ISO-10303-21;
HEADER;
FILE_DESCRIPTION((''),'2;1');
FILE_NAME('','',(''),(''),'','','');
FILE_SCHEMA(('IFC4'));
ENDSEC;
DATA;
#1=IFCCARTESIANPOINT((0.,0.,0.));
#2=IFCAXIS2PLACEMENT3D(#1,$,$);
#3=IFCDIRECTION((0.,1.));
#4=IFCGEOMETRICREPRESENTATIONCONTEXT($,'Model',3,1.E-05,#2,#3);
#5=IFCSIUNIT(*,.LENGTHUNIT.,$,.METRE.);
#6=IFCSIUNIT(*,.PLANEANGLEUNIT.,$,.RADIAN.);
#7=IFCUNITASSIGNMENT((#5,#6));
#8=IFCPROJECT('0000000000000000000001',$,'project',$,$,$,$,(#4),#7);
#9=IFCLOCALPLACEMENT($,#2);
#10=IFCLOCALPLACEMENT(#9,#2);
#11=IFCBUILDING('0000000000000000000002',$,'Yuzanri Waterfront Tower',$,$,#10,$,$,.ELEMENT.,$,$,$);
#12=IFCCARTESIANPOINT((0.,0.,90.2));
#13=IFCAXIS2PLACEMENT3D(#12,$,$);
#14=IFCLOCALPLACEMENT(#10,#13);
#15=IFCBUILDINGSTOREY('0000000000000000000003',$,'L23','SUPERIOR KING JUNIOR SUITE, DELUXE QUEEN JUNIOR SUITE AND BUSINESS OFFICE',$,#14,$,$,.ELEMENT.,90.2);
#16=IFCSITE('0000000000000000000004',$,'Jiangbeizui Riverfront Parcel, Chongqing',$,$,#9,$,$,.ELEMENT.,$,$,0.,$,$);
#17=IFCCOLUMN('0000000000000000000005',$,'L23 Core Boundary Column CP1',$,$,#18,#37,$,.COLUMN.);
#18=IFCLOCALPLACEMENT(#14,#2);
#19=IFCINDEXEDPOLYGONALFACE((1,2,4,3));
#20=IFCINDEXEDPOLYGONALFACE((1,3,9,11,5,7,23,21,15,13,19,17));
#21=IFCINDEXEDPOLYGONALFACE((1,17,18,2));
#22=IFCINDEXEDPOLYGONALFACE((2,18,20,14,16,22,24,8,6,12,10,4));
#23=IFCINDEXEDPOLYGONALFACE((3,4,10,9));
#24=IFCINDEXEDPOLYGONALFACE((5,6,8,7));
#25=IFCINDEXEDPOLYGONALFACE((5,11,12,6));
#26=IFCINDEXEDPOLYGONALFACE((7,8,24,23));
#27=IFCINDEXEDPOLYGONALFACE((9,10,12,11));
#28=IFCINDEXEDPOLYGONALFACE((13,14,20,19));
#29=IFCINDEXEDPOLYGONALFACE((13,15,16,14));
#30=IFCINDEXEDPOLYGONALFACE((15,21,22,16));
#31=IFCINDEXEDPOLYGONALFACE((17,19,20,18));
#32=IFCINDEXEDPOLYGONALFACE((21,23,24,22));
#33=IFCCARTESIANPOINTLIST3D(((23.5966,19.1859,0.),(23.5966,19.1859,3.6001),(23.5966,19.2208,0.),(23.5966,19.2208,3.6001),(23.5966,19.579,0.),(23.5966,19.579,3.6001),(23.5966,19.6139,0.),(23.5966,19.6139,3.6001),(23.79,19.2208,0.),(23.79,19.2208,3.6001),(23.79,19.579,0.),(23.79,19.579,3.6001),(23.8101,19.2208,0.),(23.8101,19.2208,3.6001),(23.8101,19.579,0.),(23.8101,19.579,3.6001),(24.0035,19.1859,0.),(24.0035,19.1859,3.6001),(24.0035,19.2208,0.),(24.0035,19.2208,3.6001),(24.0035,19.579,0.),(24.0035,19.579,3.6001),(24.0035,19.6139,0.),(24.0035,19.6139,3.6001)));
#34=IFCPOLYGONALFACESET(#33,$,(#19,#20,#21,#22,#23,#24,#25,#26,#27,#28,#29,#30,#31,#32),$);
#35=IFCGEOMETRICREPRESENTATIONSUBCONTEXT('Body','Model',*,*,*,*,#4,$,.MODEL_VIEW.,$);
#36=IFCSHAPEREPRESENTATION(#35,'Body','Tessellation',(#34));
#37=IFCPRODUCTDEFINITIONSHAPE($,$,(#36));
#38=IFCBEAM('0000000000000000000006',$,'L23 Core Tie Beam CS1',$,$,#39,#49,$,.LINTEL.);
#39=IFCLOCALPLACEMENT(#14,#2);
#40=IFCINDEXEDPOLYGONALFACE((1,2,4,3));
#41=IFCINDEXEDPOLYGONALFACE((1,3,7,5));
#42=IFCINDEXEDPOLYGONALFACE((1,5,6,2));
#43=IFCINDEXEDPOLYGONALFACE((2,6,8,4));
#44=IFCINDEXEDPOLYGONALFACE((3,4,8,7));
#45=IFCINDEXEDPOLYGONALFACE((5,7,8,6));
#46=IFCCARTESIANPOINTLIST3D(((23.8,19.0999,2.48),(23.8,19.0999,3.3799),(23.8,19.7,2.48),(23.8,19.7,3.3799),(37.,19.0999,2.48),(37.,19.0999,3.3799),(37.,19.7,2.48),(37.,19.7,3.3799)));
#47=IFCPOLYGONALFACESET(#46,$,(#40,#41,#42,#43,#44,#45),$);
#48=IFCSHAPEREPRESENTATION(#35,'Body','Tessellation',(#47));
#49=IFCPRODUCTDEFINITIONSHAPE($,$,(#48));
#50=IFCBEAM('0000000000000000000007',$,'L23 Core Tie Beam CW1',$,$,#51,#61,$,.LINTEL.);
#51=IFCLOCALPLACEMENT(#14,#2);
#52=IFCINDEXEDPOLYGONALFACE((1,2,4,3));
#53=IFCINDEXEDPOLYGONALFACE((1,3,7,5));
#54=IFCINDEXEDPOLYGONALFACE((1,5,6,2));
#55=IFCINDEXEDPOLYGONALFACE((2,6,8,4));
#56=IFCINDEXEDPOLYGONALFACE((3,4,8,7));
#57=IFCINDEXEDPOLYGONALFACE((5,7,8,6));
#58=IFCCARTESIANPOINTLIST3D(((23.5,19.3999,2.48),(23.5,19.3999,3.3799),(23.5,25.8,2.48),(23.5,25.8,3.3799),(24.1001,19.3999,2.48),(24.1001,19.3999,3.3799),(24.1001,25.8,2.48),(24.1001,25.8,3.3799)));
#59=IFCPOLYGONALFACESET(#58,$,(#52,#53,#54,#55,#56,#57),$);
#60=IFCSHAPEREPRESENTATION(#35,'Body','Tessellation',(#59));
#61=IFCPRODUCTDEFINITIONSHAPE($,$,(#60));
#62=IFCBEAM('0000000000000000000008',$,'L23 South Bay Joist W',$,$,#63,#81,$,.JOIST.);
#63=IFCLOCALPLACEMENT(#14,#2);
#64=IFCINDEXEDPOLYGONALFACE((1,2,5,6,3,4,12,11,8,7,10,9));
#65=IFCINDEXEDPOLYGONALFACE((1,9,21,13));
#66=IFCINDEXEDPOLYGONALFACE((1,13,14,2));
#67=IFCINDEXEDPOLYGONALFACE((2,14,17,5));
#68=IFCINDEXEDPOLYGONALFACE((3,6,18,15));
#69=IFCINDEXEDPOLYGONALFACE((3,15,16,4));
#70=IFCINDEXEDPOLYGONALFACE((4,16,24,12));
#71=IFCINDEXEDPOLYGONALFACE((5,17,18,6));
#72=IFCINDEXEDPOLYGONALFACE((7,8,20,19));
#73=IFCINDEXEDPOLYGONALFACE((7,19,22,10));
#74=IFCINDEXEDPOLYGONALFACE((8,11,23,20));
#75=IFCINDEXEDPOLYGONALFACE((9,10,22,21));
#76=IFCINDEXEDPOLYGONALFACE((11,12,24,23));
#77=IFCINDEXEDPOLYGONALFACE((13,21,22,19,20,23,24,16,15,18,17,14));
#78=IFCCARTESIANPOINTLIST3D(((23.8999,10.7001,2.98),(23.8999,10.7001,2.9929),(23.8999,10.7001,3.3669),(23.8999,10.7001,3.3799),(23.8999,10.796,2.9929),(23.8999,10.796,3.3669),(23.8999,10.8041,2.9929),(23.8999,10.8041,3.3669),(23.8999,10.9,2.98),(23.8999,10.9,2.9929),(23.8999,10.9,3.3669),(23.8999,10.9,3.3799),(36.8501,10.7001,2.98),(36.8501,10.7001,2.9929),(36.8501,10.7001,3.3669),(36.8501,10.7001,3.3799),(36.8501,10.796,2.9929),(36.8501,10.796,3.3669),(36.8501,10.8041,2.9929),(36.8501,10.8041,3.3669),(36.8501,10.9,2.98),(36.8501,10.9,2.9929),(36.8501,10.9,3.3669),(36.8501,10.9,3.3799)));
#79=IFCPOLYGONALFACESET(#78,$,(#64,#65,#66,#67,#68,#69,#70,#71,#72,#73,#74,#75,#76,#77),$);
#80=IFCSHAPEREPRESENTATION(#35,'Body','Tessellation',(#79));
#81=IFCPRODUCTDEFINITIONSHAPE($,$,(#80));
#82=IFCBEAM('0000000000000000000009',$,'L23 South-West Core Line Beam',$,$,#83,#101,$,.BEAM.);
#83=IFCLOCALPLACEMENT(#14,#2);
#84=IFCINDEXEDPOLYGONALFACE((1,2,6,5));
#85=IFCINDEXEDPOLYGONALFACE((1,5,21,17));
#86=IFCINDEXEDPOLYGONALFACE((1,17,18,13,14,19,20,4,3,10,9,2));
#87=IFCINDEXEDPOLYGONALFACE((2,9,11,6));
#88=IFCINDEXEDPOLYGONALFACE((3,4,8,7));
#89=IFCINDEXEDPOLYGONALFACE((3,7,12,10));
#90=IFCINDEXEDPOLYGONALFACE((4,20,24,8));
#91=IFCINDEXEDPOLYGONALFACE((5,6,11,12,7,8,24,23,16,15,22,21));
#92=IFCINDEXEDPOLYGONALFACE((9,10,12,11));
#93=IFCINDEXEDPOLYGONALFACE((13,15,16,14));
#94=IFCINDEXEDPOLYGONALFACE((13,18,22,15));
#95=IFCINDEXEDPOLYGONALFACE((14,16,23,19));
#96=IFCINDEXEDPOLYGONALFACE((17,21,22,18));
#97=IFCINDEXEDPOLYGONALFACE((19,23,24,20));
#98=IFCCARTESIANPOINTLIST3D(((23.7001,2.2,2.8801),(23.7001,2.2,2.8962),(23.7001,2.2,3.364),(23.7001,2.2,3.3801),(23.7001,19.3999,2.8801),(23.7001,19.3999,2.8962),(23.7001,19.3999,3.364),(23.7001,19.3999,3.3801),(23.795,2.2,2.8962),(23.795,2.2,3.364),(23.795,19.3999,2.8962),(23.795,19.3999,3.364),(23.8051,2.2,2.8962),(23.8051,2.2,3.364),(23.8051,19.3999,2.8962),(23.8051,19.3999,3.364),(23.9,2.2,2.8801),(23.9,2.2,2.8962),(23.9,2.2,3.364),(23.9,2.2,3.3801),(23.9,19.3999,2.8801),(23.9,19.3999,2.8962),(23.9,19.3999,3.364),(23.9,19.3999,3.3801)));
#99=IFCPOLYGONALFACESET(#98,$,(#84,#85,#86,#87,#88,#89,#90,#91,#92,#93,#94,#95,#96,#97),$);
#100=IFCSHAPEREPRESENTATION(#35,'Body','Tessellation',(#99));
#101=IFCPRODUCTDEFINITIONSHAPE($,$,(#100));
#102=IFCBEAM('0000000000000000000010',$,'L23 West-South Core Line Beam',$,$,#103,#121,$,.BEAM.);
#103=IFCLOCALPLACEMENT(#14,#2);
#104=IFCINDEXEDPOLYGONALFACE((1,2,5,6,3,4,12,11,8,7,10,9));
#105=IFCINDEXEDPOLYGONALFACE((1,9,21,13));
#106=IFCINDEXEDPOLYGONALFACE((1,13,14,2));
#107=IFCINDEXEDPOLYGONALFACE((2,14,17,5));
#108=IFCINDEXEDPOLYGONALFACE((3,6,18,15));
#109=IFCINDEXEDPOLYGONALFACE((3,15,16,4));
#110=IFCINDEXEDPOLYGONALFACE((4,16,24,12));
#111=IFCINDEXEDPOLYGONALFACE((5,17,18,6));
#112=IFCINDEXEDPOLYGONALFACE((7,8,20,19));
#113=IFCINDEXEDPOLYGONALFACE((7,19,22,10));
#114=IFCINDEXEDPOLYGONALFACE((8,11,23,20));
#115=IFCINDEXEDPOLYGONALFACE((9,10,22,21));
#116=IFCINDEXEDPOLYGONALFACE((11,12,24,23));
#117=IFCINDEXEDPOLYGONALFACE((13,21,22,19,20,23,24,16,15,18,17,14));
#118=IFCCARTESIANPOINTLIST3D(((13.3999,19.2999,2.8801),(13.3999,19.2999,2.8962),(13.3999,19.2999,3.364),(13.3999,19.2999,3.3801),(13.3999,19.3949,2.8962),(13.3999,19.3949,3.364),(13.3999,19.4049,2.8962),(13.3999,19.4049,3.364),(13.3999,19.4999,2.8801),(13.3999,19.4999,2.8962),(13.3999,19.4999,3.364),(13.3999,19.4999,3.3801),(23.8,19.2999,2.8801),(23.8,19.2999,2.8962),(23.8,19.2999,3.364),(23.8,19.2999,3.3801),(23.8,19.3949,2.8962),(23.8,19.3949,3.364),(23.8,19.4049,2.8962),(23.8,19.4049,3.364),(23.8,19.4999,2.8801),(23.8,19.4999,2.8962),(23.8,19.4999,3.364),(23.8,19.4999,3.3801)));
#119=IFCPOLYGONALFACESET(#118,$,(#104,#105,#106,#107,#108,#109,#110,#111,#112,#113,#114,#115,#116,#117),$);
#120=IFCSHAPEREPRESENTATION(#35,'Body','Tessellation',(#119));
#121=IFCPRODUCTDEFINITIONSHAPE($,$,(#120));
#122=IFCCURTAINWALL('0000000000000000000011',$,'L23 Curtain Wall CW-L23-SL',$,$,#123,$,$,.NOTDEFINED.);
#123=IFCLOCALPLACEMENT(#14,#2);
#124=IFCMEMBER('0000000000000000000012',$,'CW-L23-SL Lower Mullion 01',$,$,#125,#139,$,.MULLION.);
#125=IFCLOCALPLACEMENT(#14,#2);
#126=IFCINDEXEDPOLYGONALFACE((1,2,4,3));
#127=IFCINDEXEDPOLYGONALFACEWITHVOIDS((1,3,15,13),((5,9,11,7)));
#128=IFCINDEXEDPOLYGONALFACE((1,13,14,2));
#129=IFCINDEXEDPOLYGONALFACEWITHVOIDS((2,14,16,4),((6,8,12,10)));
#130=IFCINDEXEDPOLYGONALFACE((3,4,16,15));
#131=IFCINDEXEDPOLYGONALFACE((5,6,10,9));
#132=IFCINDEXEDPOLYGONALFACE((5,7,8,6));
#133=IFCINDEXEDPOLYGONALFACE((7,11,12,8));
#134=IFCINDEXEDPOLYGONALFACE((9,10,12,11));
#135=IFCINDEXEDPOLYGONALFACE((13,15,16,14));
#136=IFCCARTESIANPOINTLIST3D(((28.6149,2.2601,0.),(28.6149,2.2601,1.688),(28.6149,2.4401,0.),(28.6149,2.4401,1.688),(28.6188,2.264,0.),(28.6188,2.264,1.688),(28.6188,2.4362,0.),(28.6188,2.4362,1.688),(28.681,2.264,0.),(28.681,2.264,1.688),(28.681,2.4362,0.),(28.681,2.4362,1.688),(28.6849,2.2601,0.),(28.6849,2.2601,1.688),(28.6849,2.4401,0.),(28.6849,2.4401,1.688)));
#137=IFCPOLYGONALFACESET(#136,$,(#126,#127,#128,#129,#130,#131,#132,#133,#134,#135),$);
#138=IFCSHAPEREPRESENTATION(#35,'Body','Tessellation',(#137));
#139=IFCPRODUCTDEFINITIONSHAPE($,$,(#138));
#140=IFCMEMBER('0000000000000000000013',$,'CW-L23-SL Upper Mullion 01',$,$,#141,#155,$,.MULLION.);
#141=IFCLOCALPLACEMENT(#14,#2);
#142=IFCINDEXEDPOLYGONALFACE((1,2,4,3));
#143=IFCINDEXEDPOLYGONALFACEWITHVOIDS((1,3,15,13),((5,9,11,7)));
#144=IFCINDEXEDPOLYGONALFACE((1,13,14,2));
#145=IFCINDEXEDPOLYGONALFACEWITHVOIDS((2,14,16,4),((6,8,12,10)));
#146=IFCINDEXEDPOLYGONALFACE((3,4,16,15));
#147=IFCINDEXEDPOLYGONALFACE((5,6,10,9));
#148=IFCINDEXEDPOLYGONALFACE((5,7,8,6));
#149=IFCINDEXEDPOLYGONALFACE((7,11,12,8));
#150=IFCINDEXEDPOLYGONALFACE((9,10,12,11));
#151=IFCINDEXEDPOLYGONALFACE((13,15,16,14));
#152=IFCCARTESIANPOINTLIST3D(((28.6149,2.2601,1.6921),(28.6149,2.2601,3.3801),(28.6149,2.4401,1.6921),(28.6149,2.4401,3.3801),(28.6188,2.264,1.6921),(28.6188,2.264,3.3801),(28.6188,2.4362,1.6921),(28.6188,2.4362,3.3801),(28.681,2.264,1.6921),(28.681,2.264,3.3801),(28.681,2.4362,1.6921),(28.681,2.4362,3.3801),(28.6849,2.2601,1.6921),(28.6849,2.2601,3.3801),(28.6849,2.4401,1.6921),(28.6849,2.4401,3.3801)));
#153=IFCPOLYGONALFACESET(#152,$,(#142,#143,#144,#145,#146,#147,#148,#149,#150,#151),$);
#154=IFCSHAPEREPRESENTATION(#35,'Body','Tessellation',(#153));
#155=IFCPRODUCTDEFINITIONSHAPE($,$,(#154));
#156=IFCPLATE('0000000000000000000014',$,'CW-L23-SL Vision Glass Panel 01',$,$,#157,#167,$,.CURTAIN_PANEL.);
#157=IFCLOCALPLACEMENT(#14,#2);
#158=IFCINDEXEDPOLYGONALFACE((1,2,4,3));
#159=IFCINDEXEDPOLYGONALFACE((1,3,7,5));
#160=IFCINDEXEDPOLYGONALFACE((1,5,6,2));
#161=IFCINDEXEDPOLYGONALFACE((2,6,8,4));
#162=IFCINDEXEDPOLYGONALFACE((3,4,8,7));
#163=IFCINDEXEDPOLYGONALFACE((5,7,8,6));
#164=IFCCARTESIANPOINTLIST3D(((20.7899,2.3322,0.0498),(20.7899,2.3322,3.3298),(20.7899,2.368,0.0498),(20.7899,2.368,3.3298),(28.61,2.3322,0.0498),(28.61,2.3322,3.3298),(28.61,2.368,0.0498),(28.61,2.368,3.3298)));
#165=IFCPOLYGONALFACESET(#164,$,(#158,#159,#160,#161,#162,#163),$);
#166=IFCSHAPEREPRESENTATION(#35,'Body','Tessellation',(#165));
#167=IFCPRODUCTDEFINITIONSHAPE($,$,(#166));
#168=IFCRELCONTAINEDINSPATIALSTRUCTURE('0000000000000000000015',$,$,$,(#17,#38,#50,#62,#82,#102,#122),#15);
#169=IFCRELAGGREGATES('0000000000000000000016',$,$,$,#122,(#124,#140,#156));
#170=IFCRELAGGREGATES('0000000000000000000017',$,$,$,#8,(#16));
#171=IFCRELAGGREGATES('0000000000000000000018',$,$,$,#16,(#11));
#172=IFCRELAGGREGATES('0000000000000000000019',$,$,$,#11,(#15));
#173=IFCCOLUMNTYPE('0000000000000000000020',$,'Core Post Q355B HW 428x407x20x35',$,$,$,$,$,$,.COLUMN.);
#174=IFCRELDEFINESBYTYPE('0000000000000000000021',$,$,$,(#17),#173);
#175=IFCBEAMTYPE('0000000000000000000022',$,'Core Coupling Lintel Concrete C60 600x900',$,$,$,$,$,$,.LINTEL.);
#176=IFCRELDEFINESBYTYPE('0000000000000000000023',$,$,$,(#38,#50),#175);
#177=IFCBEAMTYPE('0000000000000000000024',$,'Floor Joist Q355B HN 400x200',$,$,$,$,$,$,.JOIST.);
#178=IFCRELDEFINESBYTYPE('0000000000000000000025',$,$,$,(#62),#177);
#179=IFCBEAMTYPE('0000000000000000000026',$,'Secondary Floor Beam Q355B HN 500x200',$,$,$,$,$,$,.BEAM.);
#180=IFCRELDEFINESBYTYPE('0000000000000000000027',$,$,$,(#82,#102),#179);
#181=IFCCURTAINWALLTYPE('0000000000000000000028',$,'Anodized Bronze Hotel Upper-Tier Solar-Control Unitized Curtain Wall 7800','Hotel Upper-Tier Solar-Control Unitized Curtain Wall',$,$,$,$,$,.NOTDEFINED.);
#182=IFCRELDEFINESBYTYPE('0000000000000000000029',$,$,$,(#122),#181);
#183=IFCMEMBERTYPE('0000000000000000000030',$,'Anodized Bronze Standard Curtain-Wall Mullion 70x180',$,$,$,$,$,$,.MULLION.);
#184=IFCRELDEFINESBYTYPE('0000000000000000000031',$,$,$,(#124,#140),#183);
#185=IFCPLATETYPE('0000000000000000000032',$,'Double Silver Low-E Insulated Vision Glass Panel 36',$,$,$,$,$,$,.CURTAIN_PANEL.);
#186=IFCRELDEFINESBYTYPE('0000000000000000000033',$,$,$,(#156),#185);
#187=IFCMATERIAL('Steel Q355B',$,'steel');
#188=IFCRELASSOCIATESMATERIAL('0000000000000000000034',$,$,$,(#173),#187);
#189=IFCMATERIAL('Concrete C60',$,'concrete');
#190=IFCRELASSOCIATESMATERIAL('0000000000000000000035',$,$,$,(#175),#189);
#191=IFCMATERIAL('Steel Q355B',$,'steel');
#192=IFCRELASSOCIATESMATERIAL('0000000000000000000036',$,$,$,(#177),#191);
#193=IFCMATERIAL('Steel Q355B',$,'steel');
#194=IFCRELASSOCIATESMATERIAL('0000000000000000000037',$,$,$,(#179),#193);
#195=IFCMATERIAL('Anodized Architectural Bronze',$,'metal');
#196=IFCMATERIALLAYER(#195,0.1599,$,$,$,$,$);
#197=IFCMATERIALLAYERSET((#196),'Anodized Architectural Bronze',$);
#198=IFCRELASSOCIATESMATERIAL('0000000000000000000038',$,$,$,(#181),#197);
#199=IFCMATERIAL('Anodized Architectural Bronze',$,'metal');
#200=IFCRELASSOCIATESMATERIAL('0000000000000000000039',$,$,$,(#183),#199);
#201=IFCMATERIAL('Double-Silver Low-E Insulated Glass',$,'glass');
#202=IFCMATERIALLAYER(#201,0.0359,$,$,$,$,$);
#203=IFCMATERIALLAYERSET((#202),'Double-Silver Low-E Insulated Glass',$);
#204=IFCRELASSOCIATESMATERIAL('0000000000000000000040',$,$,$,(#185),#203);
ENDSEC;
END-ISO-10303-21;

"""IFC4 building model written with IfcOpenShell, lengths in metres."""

from ifc_helpers import new_model, si_unit, direction, frame, origin, origin_2d, place, context, subcontext, project, spatial, rectangle, hollow_rectangle, i_section, extrude, source, transform, mapped, material, layer, layer_set, material_profile, profile_set, type_object, element, aggregate, save


model = new_model("IFC4")

# Units and contexts
model_context = context("Model", 3, precision=1e-05, world=origin(), true_north=direction((0.0, 1.0)))
body_context = subcontext(model_context, "Body", "Model", "MODEL_VIEW")
ifc_project = project(units=[si_unit("LENGTHUNIT", "METRE"), si_unit("PLANEANGLEUNIT", "RADIAN")], contexts=[model_context])

# Site, building, storey
site_placement = place(None, origin())
site = spatial("IfcSite", under=ifc_project, at=site_placement, Name="Jiangbeizui Riverfront Parcel, Chongqing", CompositionType="ELEMENT", RefElevation=0.0)
building_placement = place(site_placement, origin())
building = spatial("IfcBuilding", under=site, at=building_placement, Name="Yuzanri Waterfront Tower", CompositionType="ELEMENT")
storey_placement = place(building_placement, frame((0.0, 0.0, 90.2)))
storey = spatial("IfcBuildingStorey", under=building, at=storey_placement, Name="L23", Description="SUPERIOR KING JUNIOR SUITE, DELUXE QUEEN JUNIOR SUITE AND BUSINESS OFFICE", CompositionType="ELEMENT", Elevation=90.2)

# Column
ifc_material_1 = material(Name="Steel Q355B", Category="steel")
ifc_material_profile_1 = material_profile(ifc_material_1, i_section(OverallWidth=0.407, OverallDepth=0.428, WebThickness=0.02, FlangeThickness=0.0349, at=origin_2d()), Name="HW 428x407x20x35")
ifc_profile_set_1 = profile_set([ifc_material_profile_1], Name="Steel Q355B")
column_type = type_object("IfcColumnType", Name="Core Post Q355B HW 428x407x20x35", PredefinedType="COLUMN", material=ifc_profile_set_1)
shared_shape_1 = source(origin(), body_context, "Body", "SweptSolid", [
    extrude(i_section(OverallWidth=0.407, OverallDepth=0.428, WebThickness=0.02, FlangeThickness=0.0349, at=origin_2d()), origin(), (0.0, 0.0, 1.0), 3.6001),
])
column_placement = place(storey_placement, frame((23.8, 19.3999, 0.0), z_axis=(0.0, 0.0, 1.0), x_axis=(1.0, 0.0, 0.0)))
element("IfcColumn", 1, at=column_placement, inside=storey, type_object=column_type, Name="L23 Core Boundary Column CP1", PredefinedType="COLUMN", context=body_context, shape_type="MappedRepresentation", body=[
    mapped(shared_shape_1, transform((0.0, 0.0, 0.0), scale=1.0)),
])

# Beams
ifc_material_2 = material(Name="Concrete C60", Category="concrete")
ifc_material_profile_2 = material_profile(ifc_material_2, rectangle(XDim=0.6001, YDim=0.8999, at=origin_2d()), Name="RC 600x900")
ifc_profile_set_2 = profile_set([ifc_material_profile_2], Name="Concrete C60")
beam_type_1 = type_object("IfcBeamType", Name="Core Coupling Lintel Concrete C60 600x900", PredefinedType="LINTEL", material=ifc_profile_set_2)
shared_shape_2 = source(origin(), body_context, "Body", "SweptSolid", [
    extrude(rectangle(XDim=0.6001, YDim=0.8999, at=origin_2d()), origin(), (0.0, 0.0, 1.0), 13.2),
])
beam_1_placement = place(storey_placement, frame((23.8, 19.3999, 2.9299), z_axis=(1.0, 0.0, 0.0), x_axis=(0.0, 1.0, 0.0)))
element("IfcBeam", 2, at=beam_1_placement, inside=storey, type_object=beam_type_1, Name="L23 Core Tie Beam CS1", PredefinedType="LINTEL", context=body_context, shape_type="MappedRepresentation", body=[
    mapped(shared_shape_2, transform((0.0, 0.0, 0.0), scale=1.0)),
])
shared_shape_3 = source(origin(), body_context, "Body", "SweptSolid", [
    extrude(rectangle(XDim=0.6001, YDim=0.8999, at=origin_2d()), origin(), (0.0, 0.0, 1.0), 6.4001),
])
beam_2_placement = place(storey_placement, frame((23.8, 19.3999, 2.9299), z_axis=(0.0, 1.0, 0.0), x_axis=(-1.0, 0.0, 0.0)))
element("IfcBeam", 3, at=beam_2_placement, inside=storey, type_object=beam_type_1, Name="L23 Core Tie Beam CW1", PredefinedType="LINTEL", context=body_context, shape_type="MappedRepresentation", body=[
    mapped(shared_shape_3, transform((0.0, 0.0, 0.0), scale=1.0)),
])
ifc_material_3 = material(Name="Steel Q355B", Category="steel")
ifc_material_profile_3 = material_profile(ifc_material_3, i_section(OverallWidth=0.2, OverallDepth=0.3999, WebThickness=0.0081, FlangeThickness=0.0129, at=origin_2d()), Name="HN 400x200x8x13")
ifc_profile_set_3 = profile_set([ifc_material_profile_3], Name="Steel Q355B")
beam_type_2 = type_object("IfcBeamType", Name="Floor Joist Q355B HN 400x200", PredefinedType="JOIST", material=ifc_profile_set_3)
shared_shape_4 = source(origin(), body_context, "Body", "SweptSolid", [
    extrude(i_section(OverallWidth=0.2, OverallDepth=0.3999, WebThickness=0.0081, FlangeThickness=0.0129, at=origin_2d()), origin(), (0.0, 0.0, 1.0), 12.9502),
])
beam_3_placement = place(storey_placement, frame((23.8999, 10.8, 3.1799), z_axis=(1.0, 0.0, 0.0), x_axis=(0.0, 1.0, 0.0)))
element("IfcBeam", 4, at=beam_3_placement, inside=storey, type_object=beam_type_2, Name="L23 South Bay Joist W", PredefinedType="JOIST", context=body_context, shape_type="MappedRepresentation", body=[
    mapped(shared_shape_4, transform((0.0, 0.0, 0.0), scale=1.0)),
])
ifc_material_4 = material(Name="Steel Q355B", Category="steel")
ifc_material_profile_4 = material_profile(ifc_material_4, i_section(OverallWidth=0.2, OverallDepth=0.5, WebThickness=0.01, FlangeThickness=0.0161, at=origin_2d()), Name="HN 500x200x10x16")
ifc_profile_set_4 = profile_set([ifc_material_profile_4], Name="Steel Q355B")
beam_type_3 = type_object("IfcBeamType", Name="Secondary Floor Beam Q355B HN 500x200", PredefinedType="BEAM", material=ifc_profile_set_4)
shared_shape_5 = source(origin(), body_context, "Body", "SweptSolid", [
    extrude(i_section(OverallWidth=0.2, OverallDepth=0.5, WebThickness=0.01, FlangeThickness=0.0161, at=origin_2d()), origin(), (0.0, 0.0, 1.0), 17.2),
])
beam_4_placement = place(storey_placement, frame((23.8, 19.3999, 3.1301), z_axis=(0.0, -1.0, 0.0), x_axis=(1.0, 0.0, 0.0)))
element("IfcBeam", 5, at=beam_4_placement, inside=storey, type_object=beam_type_3, Name="L23 South-West Core Line Beam", PredefinedType="BEAM", context=body_context, shape_type="MappedRepresentation", body=[
    mapped(shared_shape_5, transform((0.0, 0.0, 0.0), scale=1.0)),
])
shared_shape_6 = source(origin(), body_context, "Body", "SweptSolid", [
    extrude(i_section(OverallWidth=0.2, OverallDepth=0.5, WebThickness=0.01, FlangeThickness=0.0161, at=origin_2d()), origin(), (0.0, 0.0, 1.0), 10.4001),
])
beam_5_placement = place(storey_placement, frame((23.8, 19.3999, 3.1301), z_axis=(-1.0, 0.0, 0.0), x_axis=(0.0, -1.0, 0.0)))
element("IfcBeam", 6, at=beam_5_placement, inside=storey, type_object=beam_type_3, Name="L23 West-South Core Line Beam", PredefinedType="BEAM", context=body_context, shape_type="MappedRepresentation", body=[
    mapped(shared_shape_6, transform((0.0, 0.0, 0.0), scale=1.0)),
])

# Curtain wall, members, plate
ifc_material_5 = material(Name="Anodized Architectural Bronze", Category="metal")
ifc_layer_1 = layer(ifc_material_5, 0.1599)
ifc_layer_set_1 = layer_set([ifc_layer_1], Name="Anodized Architectural Bronze")
curtain_wall_type = type_object("IfcCurtainWallType", Name="Anodized Bronze Hotel Upper-Tier Solar-Control Unitized Curtain Wall 7800", Description="Hotel Upper-Tier Solar-Control Unitized Curtain Wall", PredefinedType="NOTDEFINED", material=ifc_layer_set_1)
curtain_wall_placement = place(storey_placement, origin())
curtain_wall = element("IfcCurtainWall", 7, at=curtain_wall_placement, inside=storey, type_object=curtain_wall_type, Name="L23 Curtain Wall CW-L23-SL", PredefinedType="NOTDEFINED")
ifc_material_6 = material(Name="Anodized Architectural Bronze", Category="metal")
ifc_material_profile_5 = material_profile(ifc_material_6, hollow_rectangle(XDim=0.0701, YDim=0.1799, WallThickness=0.0039, at=origin_2d()), Name="CWM 70x180")
ifc_profile_set_5 = profile_set([ifc_material_profile_5], Name="Anodized Architectural Bronze")
member_type = type_object("IfcMemberType", Name="Anodized Bronze Standard Curtain-Wall Mullion 70x180", PredefinedType="MULLION", material=ifc_profile_set_5)
shared_shape_7 = source(origin(), body_context, "Body", "SweptSolid", [
    extrude(hollow_rectangle(XDim=0.0701, YDim=0.1799, WallThickness=0.0039, at=origin_2d()), origin(), (0.0, 0.0, 1.0), 1.688),
])
member_1_placement = place(storey_placement, frame((28.6499, 2.3501, 0.0), z_axis=(0.0, 0.0, 1.0), x_axis=(1.0, 0.0, 0.0)))
member_1 = element("IfcMember", 8, at=member_1_placement, type_object=member_type, Name="CW-L23-SL Lower Mullion 01", PredefinedType="MULLION", context=body_context, shape_type="MappedRepresentation", body=[
    mapped(shared_shape_7, transform((0.0, 0.0, 0.0), scale=1.0)),
])
member_2_placement = place(storey_placement, frame((28.6499, 2.3501, 1.6921), z_axis=(0.0, 0.0, 1.0), x_axis=(1.0, 0.0, 0.0)))
member_2 = element("IfcMember", 9, at=member_2_placement, type_object=member_type, Name="CW-L23-SL Upper Mullion 01", PredefinedType="MULLION", context=body_context, shape_type="MappedRepresentation", body=[
    mapped(shared_shape_7, transform((0.0, 0.0, 0.0), scale=1.0)),
])
ifc_material_7 = material(Name="Double-Silver Low-E Insulated Glass", Category="glass")
ifc_layer_2 = layer(ifc_material_7, 0.0359)
ifc_layer_set_2 = layer_set([ifc_layer_2], Name="Double-Silver Low-E Insulated Glass")
plate_type = type_object("IfcPlateType", Name="Double Silver Low-E Insulated Vision Glass Panel 36", PredefinedType="CURTAIN_PANEL", material=ifc_layer_set_2)
shared_shape_8 = source(origin(), body_context, "Body", "SweptSolid", [
    extrude(rectangle(XDim=7.8201, YDim=0.0359, at=origin_2d()), origin(), (0.0, 0.0, 1.0), 3.28),
])
plate_1_placement = place(storey_placement, frame((24.7, 2.3501, 0.0498), z_axis=(0.0, 0.0, 1.0), x_axis=(1.0, 0.0, 0.0)))
plate_1 = element("IfcPlate", 10, at=plate_1_placement, type_object=plate_type, Name="CW-L23-SL Vision Glass Panel 01", PredefinedType="CURTAIN_PANEL", context=body_context, shape_type="MappedRepresentation", body=[
    mapped(shared_shape_8, transform((0.0, 0.0, 0.0), scale=1.0)),
])
aggregate(curtain_wall, [member_1, member_2, plate_1])

save(model, "model.ifc")
